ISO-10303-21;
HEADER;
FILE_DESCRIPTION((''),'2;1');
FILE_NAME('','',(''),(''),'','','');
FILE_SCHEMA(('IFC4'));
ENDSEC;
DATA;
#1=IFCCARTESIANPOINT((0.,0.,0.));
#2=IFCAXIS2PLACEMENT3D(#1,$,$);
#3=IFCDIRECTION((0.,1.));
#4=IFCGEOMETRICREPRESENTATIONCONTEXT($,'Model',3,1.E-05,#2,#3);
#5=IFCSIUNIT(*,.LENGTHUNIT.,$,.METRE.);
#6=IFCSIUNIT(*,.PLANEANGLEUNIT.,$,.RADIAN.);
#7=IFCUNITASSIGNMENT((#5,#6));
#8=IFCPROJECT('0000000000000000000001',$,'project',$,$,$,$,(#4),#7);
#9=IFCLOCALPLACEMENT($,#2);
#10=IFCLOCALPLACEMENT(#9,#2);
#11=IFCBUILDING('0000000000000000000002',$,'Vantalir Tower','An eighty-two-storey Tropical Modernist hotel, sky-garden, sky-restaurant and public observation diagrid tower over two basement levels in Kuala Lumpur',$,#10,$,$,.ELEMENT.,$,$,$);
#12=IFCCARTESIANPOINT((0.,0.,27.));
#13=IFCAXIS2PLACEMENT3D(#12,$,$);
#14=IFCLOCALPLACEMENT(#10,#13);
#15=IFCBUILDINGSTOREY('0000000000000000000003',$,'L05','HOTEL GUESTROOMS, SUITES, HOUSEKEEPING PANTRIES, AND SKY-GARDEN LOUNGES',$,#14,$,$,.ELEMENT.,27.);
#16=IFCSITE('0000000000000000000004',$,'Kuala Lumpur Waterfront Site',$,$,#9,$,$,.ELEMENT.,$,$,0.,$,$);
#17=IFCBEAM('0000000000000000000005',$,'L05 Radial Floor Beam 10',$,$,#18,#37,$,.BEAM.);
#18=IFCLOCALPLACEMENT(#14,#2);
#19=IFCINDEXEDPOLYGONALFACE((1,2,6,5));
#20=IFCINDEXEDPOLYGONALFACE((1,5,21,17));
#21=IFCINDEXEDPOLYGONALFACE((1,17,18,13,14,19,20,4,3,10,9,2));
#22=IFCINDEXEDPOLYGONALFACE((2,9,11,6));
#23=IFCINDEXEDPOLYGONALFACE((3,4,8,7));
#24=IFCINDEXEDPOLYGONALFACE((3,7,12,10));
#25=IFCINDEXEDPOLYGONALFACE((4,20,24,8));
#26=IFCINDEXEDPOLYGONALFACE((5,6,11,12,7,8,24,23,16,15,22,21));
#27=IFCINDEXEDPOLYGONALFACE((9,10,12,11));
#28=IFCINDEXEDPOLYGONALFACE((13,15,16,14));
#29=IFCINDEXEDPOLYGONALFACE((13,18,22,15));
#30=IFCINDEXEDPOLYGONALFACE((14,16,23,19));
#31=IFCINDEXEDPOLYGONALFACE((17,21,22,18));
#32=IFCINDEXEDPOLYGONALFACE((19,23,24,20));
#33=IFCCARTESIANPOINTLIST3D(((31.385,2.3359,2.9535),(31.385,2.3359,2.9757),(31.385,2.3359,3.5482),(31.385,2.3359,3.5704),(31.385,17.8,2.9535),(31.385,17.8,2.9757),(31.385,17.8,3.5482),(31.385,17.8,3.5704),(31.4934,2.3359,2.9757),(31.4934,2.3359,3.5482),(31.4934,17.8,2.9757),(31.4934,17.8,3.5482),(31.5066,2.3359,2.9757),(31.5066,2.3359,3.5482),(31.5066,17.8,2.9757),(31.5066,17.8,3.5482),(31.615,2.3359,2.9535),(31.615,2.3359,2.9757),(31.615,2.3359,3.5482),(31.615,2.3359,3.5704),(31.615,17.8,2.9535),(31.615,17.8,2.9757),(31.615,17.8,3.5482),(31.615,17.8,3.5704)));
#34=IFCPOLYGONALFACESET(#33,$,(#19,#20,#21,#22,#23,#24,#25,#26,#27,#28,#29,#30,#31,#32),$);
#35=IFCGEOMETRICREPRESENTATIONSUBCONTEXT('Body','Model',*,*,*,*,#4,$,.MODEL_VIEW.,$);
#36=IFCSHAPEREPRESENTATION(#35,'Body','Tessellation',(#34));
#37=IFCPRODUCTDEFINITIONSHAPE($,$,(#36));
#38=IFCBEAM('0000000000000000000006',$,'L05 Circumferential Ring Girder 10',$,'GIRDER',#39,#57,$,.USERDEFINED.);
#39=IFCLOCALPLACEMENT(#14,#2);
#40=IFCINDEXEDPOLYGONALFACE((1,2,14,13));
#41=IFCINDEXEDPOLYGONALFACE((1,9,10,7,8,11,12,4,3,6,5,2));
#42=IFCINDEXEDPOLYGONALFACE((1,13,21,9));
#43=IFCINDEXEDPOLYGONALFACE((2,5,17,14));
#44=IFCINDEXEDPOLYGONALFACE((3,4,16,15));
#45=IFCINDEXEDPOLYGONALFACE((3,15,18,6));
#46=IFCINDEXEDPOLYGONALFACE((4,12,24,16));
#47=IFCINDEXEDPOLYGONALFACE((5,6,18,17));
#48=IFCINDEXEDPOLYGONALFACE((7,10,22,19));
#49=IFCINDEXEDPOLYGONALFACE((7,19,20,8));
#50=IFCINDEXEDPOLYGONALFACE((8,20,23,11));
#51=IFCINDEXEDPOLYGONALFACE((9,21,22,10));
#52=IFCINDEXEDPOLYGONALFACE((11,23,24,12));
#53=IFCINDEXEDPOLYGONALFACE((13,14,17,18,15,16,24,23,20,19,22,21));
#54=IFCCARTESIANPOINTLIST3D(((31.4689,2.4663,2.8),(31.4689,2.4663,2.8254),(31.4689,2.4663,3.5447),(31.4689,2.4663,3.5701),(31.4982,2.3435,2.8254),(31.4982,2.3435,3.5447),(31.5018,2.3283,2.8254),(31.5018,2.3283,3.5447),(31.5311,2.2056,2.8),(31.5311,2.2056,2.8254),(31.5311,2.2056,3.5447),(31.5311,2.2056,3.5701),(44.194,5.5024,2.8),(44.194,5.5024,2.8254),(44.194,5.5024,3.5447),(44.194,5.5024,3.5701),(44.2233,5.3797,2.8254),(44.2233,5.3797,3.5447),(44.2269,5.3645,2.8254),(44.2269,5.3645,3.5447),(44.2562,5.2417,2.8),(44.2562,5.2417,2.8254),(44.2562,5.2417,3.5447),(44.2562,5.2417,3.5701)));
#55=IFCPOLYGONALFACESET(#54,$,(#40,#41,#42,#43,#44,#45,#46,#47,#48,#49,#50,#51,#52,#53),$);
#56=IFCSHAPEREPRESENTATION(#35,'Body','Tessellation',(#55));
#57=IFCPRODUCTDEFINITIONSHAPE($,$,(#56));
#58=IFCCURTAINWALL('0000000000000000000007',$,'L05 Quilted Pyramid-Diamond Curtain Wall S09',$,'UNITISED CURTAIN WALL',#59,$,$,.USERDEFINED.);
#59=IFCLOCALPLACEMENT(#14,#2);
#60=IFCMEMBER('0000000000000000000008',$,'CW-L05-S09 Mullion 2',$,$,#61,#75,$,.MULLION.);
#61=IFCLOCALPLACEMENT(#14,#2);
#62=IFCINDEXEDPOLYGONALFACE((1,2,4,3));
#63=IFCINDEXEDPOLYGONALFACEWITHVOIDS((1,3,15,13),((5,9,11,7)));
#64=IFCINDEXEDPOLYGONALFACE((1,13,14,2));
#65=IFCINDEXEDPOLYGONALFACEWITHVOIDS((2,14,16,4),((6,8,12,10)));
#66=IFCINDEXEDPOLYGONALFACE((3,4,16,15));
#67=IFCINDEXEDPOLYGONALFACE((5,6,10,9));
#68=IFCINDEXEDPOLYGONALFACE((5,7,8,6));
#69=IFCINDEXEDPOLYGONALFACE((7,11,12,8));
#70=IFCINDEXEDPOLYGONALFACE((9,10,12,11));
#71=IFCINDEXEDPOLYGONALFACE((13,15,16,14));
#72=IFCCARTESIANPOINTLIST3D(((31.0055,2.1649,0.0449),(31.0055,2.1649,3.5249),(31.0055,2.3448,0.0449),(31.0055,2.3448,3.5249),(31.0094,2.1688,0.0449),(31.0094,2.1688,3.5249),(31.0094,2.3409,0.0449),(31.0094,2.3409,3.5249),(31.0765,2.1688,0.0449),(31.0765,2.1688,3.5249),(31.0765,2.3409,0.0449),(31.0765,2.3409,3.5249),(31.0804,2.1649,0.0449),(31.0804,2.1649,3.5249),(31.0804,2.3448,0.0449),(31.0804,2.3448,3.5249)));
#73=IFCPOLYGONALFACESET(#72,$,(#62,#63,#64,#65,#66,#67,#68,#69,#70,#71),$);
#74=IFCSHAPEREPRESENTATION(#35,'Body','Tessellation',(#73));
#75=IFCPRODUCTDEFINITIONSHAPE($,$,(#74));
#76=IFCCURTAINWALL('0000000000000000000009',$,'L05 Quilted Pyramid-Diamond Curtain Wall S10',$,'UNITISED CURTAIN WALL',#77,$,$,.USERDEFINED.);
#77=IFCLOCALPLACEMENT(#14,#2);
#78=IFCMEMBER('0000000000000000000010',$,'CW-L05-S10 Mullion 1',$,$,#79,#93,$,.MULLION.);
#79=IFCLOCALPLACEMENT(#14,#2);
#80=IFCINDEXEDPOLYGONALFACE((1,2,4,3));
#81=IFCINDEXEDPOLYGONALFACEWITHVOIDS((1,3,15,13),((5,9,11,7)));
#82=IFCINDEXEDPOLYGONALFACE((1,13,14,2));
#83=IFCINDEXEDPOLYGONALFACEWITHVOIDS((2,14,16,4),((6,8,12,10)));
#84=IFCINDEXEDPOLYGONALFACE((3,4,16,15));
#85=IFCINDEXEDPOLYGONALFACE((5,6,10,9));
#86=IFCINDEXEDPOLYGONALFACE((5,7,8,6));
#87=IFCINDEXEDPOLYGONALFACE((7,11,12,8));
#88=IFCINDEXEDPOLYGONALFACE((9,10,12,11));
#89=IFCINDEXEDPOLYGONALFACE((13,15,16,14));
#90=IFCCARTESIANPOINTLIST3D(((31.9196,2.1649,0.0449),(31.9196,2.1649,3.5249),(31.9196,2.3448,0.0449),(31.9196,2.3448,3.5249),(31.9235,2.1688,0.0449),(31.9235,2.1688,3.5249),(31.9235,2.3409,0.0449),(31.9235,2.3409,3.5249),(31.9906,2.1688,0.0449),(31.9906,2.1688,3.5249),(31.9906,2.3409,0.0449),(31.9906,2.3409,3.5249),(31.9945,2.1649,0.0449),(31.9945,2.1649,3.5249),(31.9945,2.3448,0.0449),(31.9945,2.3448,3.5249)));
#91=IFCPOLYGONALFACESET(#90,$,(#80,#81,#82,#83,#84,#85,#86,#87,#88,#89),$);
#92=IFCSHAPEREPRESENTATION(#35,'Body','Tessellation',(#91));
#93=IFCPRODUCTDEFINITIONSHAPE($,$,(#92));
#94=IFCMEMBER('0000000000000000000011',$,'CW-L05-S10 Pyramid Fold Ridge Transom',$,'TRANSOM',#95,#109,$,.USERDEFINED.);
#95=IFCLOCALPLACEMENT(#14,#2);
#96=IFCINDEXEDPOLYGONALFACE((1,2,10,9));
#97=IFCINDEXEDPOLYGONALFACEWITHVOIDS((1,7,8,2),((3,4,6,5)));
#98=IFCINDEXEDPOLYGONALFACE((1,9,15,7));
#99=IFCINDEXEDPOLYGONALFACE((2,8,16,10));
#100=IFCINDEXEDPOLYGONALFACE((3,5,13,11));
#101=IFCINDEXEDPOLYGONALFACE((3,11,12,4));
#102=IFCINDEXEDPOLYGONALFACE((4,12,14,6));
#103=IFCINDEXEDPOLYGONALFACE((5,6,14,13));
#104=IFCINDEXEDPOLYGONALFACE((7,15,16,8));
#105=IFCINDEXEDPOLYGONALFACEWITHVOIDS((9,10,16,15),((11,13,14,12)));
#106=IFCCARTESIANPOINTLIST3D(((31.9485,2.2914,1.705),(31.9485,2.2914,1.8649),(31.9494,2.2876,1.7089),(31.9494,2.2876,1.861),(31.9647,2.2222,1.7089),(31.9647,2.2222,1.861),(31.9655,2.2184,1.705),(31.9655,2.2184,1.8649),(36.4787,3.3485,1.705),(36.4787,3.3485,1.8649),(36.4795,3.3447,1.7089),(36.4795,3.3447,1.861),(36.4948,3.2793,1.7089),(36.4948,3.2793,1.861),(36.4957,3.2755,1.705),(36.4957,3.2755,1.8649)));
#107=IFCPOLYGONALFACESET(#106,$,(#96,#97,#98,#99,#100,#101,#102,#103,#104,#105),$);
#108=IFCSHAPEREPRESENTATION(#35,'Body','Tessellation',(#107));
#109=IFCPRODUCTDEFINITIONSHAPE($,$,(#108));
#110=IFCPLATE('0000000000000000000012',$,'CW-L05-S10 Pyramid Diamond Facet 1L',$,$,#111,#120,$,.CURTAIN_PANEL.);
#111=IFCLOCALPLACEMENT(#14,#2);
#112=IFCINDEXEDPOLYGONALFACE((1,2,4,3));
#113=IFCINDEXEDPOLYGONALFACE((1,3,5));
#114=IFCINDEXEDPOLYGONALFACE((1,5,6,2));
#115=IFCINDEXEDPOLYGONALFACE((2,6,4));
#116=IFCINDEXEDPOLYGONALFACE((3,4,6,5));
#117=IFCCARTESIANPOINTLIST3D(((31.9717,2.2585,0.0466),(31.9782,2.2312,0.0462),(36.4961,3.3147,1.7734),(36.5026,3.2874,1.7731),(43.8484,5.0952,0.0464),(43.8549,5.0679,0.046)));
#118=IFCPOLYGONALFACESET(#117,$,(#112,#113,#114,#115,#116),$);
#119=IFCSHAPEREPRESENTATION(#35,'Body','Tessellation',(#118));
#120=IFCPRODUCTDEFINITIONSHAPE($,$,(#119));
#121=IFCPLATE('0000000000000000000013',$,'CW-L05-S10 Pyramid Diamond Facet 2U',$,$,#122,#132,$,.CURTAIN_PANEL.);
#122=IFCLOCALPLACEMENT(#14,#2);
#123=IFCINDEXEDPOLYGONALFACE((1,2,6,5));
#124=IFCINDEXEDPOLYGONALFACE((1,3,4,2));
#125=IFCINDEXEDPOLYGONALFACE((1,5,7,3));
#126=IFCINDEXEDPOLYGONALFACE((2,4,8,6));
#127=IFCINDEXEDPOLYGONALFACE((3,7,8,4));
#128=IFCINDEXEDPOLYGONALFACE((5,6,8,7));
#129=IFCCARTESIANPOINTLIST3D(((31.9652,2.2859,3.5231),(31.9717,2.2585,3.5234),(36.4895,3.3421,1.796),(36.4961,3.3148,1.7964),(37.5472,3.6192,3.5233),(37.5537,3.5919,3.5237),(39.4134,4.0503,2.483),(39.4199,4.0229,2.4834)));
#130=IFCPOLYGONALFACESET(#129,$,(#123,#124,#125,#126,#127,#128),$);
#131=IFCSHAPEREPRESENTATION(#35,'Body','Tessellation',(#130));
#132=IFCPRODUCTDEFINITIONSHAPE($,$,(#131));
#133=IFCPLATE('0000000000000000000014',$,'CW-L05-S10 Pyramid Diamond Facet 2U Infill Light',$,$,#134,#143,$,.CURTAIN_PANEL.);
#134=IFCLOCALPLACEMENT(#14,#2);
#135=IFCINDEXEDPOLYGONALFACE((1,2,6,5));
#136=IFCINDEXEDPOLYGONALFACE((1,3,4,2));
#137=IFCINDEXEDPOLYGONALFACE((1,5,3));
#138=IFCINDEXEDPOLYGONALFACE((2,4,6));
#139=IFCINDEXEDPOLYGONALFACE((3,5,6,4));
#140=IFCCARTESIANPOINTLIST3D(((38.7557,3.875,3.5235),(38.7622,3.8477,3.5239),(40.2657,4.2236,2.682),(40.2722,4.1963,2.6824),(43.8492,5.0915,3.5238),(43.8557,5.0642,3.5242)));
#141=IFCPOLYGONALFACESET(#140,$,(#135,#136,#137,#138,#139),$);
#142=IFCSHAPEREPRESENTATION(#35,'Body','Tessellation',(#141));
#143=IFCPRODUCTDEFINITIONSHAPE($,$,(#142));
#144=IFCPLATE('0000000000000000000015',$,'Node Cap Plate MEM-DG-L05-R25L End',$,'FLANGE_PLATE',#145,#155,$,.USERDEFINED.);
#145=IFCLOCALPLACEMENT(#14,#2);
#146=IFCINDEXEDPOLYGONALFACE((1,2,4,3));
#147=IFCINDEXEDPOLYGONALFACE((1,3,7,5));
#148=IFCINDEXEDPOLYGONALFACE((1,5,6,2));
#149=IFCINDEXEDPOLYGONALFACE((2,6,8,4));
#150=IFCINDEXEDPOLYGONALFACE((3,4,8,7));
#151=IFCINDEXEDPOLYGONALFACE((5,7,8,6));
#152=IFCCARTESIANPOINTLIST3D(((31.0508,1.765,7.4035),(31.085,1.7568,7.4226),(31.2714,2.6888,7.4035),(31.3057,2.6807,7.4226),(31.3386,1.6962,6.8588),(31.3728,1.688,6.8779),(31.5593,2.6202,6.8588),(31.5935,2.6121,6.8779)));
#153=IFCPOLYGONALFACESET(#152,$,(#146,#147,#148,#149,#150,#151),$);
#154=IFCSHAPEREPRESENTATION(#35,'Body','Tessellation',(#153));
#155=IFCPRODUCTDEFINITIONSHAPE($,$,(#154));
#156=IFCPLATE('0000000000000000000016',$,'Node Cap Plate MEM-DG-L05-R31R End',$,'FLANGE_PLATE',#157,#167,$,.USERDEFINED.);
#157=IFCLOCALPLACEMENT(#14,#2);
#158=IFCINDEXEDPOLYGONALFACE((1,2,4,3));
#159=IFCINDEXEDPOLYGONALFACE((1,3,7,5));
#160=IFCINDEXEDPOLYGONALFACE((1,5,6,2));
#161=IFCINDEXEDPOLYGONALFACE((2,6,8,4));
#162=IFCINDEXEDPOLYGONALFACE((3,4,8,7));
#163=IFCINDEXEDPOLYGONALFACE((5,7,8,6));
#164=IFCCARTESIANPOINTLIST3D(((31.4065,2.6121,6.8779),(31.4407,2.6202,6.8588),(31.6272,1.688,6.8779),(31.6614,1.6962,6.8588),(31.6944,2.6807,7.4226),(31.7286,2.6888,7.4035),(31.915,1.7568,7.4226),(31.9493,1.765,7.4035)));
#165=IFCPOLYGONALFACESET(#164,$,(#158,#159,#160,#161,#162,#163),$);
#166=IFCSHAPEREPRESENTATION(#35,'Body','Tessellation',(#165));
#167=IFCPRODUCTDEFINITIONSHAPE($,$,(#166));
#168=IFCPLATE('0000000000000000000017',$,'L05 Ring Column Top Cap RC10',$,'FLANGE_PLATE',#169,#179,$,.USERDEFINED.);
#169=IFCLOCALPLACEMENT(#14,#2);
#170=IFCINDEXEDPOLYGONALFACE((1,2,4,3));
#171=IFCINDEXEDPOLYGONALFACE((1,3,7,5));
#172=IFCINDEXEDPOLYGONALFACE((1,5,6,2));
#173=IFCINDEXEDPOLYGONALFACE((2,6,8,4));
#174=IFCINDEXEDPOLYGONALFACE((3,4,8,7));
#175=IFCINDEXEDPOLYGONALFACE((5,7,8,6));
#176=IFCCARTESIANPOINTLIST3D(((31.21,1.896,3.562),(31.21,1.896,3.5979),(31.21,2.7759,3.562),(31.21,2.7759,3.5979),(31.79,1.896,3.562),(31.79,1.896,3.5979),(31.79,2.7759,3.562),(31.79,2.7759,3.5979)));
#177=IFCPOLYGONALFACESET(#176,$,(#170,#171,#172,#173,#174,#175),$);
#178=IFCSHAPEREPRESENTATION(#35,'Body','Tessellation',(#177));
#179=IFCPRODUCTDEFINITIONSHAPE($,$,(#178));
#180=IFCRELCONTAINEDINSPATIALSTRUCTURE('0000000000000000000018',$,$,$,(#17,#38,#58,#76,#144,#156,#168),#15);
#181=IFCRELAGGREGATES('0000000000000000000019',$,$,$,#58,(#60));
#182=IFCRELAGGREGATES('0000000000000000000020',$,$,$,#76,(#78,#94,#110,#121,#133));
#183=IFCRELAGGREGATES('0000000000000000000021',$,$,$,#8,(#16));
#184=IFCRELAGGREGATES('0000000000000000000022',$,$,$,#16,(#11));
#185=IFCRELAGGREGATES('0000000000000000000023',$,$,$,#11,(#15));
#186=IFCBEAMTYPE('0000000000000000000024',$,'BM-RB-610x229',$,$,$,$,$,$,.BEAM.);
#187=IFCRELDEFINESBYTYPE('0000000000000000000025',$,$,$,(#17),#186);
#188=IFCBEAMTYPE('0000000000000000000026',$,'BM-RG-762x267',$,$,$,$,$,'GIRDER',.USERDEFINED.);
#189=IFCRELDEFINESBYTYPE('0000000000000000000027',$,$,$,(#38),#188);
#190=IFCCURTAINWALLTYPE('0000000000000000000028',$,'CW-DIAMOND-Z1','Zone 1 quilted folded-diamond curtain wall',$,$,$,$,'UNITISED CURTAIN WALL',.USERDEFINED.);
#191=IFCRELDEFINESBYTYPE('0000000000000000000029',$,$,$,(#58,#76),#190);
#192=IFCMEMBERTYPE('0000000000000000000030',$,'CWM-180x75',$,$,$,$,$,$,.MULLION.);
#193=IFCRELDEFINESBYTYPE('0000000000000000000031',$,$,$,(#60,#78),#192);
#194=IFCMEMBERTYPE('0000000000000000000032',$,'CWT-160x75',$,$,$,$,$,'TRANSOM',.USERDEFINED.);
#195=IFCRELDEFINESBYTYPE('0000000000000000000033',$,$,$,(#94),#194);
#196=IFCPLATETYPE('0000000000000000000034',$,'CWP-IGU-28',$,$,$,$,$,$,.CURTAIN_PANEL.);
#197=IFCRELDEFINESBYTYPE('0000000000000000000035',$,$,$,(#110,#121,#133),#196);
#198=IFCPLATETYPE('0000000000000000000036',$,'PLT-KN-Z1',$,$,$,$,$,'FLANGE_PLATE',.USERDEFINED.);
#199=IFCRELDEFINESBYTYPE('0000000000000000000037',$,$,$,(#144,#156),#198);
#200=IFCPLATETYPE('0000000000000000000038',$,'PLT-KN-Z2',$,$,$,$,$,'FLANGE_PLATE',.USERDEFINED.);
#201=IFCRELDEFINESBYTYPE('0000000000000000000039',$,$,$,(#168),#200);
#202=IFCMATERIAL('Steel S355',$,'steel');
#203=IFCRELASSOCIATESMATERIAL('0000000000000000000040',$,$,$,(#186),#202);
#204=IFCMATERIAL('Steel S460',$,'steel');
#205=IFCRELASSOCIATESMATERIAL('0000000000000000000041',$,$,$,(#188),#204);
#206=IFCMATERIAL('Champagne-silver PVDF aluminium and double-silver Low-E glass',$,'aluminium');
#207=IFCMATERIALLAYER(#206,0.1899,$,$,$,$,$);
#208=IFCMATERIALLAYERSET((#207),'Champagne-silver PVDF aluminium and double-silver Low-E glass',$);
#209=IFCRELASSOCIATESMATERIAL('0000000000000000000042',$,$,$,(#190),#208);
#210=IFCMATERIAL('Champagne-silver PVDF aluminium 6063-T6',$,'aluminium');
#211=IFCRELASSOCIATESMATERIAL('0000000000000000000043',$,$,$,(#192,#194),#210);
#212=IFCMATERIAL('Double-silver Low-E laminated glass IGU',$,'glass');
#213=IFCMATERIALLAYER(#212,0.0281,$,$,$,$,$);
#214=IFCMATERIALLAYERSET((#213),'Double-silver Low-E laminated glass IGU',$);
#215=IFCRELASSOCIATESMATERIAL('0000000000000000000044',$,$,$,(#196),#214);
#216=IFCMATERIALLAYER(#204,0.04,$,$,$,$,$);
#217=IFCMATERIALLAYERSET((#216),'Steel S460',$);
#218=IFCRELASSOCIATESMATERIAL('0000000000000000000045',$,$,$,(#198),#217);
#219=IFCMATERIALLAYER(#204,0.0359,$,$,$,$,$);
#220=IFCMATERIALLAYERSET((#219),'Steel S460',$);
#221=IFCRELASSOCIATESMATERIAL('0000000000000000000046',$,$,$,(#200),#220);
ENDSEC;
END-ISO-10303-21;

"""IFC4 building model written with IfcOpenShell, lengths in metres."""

from ifc_helpers import new_model, si_unit, direction, frame, origin, origin_2d, place, context, subcontext, project, spatial, polyline, hollow_rectangle, i_section, outline, extrude, material, layer, layer_set, material_profile, profile_set, type_object, element, aggregate, save


model = new_model("IFC4")

# Units and contexts
model_context = context("Model", 3, precision=1e-05, world=origin(), true_north=direction((0.0, 1.0)))
body_context = subcontext(model_context, "Body", "Model", "MODEL_VIEW")
ifc_project = project(units=[si_unit("LENGTHUNIT", "METRE"), si_unit("PLANEANGLEUNIT", "RADIAN")], contexts=[model_context])

# Site, building, storey
site_placement = place(None, origin())
site = spatial("IfcSite", under=ifc_project, at=site_placement, Name="Kuala Lumpur Waterfront Site", CompositionType="ELEMENT", RefElevation=0.0)
building_placement = place(site_placement, origin())
building = spatial("IfcBuilding", under=site, at=building_placement, Name="Vantalir Tower", Description="An eighty-two-storey Tropical Modernist hotel, sky-garden, sky-restaurant and public observation diagrid tower over two basement levels in Kuala Lumpur", CompositionType="ELEMENT")
storey_placement = place(building_placement, frame((0.0, 0.0, 27.0)))
storey = spatial("IfcBuildingStorey", under=building, at=storey_placement, Name="L05", Description="HOTEL GUESTROOMS, SUITES, HOUSEKEEPING PANTRIES, AND SKY-GARDEN LOUNGES", CompositionType="ELEMENT", Elevation=27.0)

# Shared definitions
ifc_material_1 = material(Name="Steel S460", Category="steel")

# Beams
ifc_material_2 = material(Name="Steel S355", Category="steel")
ifc_material_profile_1 = material_profile(ifc_material_2, i_section(OverallWidth=0.23, OverallDepth=0.6169, WebThickness=0.0132, FlangeThickness=0.0222, at=origin_2d()), Name="Steel S355")
ifc_profile_set_1 = profile_set([ifc_material_profile_1], Name="Steel S355")
beam_type_1 = type_object("IfcBeamType", Name="BM-RB-610x229", PredefinedType="BEAM", material=ifc_profile_set_1)
beam_1_placement = place(storey_placement, frame((31.5, 2.3359, 3.262), z_axis=(0.0, 1.0, 0.0), x_axis=(-1.0, 0.0, 0.0)))
element("IfcBeam", 1, at=beam_1_placement, inside=storey, type_object=beam_type_1, Name="L05 Radial Floor Beam 10", PredefinedType="BEAM", context=body_context, shape_type="SweptSolid", body=[
    extrude(i_section(OverallWidth=0.23, OverallDepth=0.6169, WebThickness=0.0132, FlangeThickness=0.0222, at=origin_2d()), origin(), (0.0, 0.0, 1.0), 15.4641),
])
ifc_material_profile_2 = material_profile(ifc_material_1, i_section(OverallWidth=0.2681, OverallDepth=0.77, WebThickness=0.0156, FlangeThickness=0.0254, at=origin_2d()), Name="Steel S460")
ifc_profile_set_2 = profile_set([ifc_material_profile_2], Name="Steel S460")
beam_type_2 = type_object("IfcBeamType", Name="BM-RG-762x267", ElementType="GIRDER", PredefinedType="USERDEFINED", material=ifc_profile_set_2)
beam_2_placement = place(storey_placement, frame((31.5, 2.3359, 3.1851), z_axis=(0.972697, 0.23208, 0.0), x_axis=(-0.23208, 0.972697, 0.0)))
element("IfcBeam", 2, at=beam_2_placement, inside=storey, type_object=beam_type_2, Name="L05 Circumferential Ring Girder 10", ObjectType="GIRDER", PredefinedType="USERDEFINED", context=body_context, shape_type="SweptSolid", body=[
    extrude(i_section(OverallWidth=0.2681, OverallDepth=0.77, WebThickness=0.0156, FlangeThickness=0.0254, at=origin_2d()), origin(), (0.0, 0.0, 1.0), 13.0823),
])

# Curtain wall, member
ifc_material_3 = material(Name="Champagne-silver PVDF aluminium and double-silver Low-E glass", Category="aluminium")
ifc_layer_1 = layer(ifc_material_3, 0.1899)
ifc_layer_set_1 = layer_set([ifc_layer_1], Name="Champagne-silver PVDF aluminium and double-silver Low-E glass")
curtain_wall_type = type_object("IfcCurtainWallType", Name="CW-DIAMOND-Z1", Description="Zone 1 quilted folded-diamond curtain wall", ElementType="UNITISED CURTAIN WALL", PredefinedType="USERDEFINED", material=ifc_layer_set_1)
curtain_wall_1_placement = place(storey_placement, origin())
curtain_wall_1 = element("IfcCurtainWall", 3, at=curtain_wall_1_placement, inside=storey, type_object=curtain_wall_type, Name="L05 Quilted Pyramid-Diamond Curtain Wall S09", ObjectType="UNITISED CURTAIN WALL", PredefinedType="USERDEFINED")
ifc_material_4 = material(Name="Champagne-silver PVDF aluminium 6063-T6", Category="aluminium")
ifc_material_profile_3 = material_profile(ifc_material_4, hollow_rectangle(XDim=0.075, YDim=0.1799, WallThickness=0.0039, at=origin_2d()), Name="Champagne-silver PVDF aluminium 6063-T6")
ifc_profile_set_3 = profile_set([ifc_material_profile_3], Name="Champagne-silver PVDF aluminium 6063-T6")
member_type_1 = type_object("IfcMemberType", Name="CWM-180x75", PredefinedType="MULLION", material=ifc_profile_set_3)
member_1_placement = place(storey_placement, frame((31.043, 2.2549, 0.0449), z_axis=(0.0, 0.0, 1.0), x_axis=(1.0, 0.0, 0.0)))
member_1 = element("IfcMember", 4, at=member_1_placement, type_object=member_type_1, Name="CW-L05-S09 Mullion 2", PredefinedType="MULLION", context=body_context, shape_type="SweptSolid", body=[
    extrude(hollow_rectangle(XDim=0.075, YDim=0.1799, WallThickness=0.0039, at=origin_2d()), origin(), (0.0, 0.0, 1.0), 3.48),
])
aggregate(curtain_wall_1, [member_1])

# Curtain wall, members, plates
curtain_wall_2_placement = place(storey_placement, origin())
curtain_wall_2 = element("IfcCurtainWall", 5, at=curtain_wall_2_placement, inside=storey, type_object=curtain_wall_type, Name="L05 Quilted Pyramid-Diamond Curtain Wall S10", ObjectType="UNITISED CURTAIN WALL", PredefinedType="USERDEFINED")
member_2_placement = place(storey_placement, frame((31.957, 2.2549, 0.0449), z_axis=(0.0, 0.0, 1.0), x_axis=(1.0, 0.0, 0.0)))
member_2 = element("IfcMember", 6, at=member_2_placement, type_object=member_type_1, Name="CW-L05-S10 Mullion 1", PredefinedType="MULLION", context=body_context, shape_type="SweptSolid", body=[
    extrude(hollow_rectangle(XDim=0.075, YDim=0.1799, WallThickness=0.0039, at=origin_2d()), origin(), (0.0, 0.0, 1.0), 3.48),
])
ifc_material_profile_4 = material_profile(ifc_material_4, hollow_rectangle(XDim=0.075, YDim=0.1599, WallThickness=0.0039, at=origin_2d()), Name="Champagne-silver PVDF aluminium 6063-T6")
ifc_profile_set_4 = profile_set([ifc_material_profile_4], Name="Champagne-silver PVDF aluminium 6063-T6")
member_type_2 = type_object("IfcMemberType", Name="CWT-160x75", ElementType="TRANSOM", PredefinedType="USERDEFINED", material=ifc_profile_set_4)
member_3_placement = place(storey_placement, frame((31.957, 2.2549, 1.7849), z_axis=(0.973835, 0.227255, 0.0), x_axis=(-0.227255, 0.973835, 0.0)))
member_3 = element("IfcMember", 7, at=member_3_placement, type_object=member_type_2, Name="CW-L05-S10 Pyramid Fold Ridge Transom", ObjectType="TRANSOM", PredefinedType="USERDEFINED", context=body_context, shape_type="SweptSolid", body=[
    extrude(hollow_rectangle(XDim=0.075, YDim=0.1599, WallThickness=0.0039, at=origin_2d()), origin(), (0.0, 0.0, 1.0), 4.6519),
])
ifc_material_5 = material(Name="Double-silver Low-E laminated glass IGU", Category="glass")
ifc_layer_2 = layer(ifc_material_5, 0.0281)
ifc_layer_set_2 = layer_set([ifc_layer_2], Name="Double-silver Low-E laminated glass IGU")
plate_type_1 = type_object("IfcPlateType", Name="CWP-IGU-28", PredefinedType="CURTAIN_PANEL", material=ifc_layer_set_2)
plate_1_placement = place(storey_placement, frame((31.9717, 2.2585, 0.0466), z_axis=(-0.232287, 0.97255, 0.013782), x_axis=(0.972642, 0.232309, -0.00002)))
plate_1 = element("IfcPlate", 8, at=plate_1_placement, type_object=plate_type_1, Name="CW-L05-S10 Pyramid Diamond Facet 1L", PredefinedType="CURTAIN_PANEL", context=body_context, shape_type="SweptSolid", body=[
    extrude(outline(polyline([(0.0, 0.0), (12.2108, 0.0), (4.646, -1.7271), (0.0, 0.0)])), origin(), (0.0, 0.0, -1.0), 0.0281),
])
plate_2_placement = place(storey_placement, frame((31.9717, 2.2585, 3.5234), z_axis=(0.232309, -0.972545, 0.013778), x_axis=(0.972637, 0.232331, 0.000042)))
plate_2 = element("IfcPlate", 9, at=plate_2_placement, type_object=plate_type_1, Name="CW-L05-S10 Pyramid Diamond Facet 2U", PredefinedType="CURTAIN_PANEL", context=body_context, shape_type="SweptSolid", body=[
    extrude(outline(polyline([(0.0, 0.0), (5.739, 0.0), (7.6543, -1.0405), (4.6459, -1.7274), (0.0, 0.0)])), origin(), (0.0, 0.0, -1.0), 0.0281),
])
plate_3_placement = place(storey_placement, frame((38.7622, 3.8477, 3.5239), z_axis=(0.232287, -0.972548, 0.013894), x_axis=(0.972642, 0.23231, 0.000047)))
plate_3 = element("IfcPlate", 10, at=plate_3_placement, type_object=plate_type_1, Name="CW-L05-S10 Pyramid Diamond Facet 2U Infill Light", PredefinedType="CURTAIN_PANEL", context=body_context, shape_type="SweptSolid", body=[
    extrude(outline(polyline([(0.0, 0.0), (5.2368, 0.0), (1.5497, -0.8417), (0.0, 0.0)])), origin(), (0.0, 0.0, -1.0), 0.0281),
])
aggregate(curtain_wall_2, [member_2, member_3, plate_1, plate_2, plate_3])

# Plates
ifc_layer_3 = layer(ifc_material_1, 0.04)
ifc_layer_set_3 = layer_set([ifc_layer_3], Name="Steel S460")
plate_type_2 = type_object("IfcPlateType", Name="PLT-KN-Z1", ElementType="FLANGE_PLATE", PredefinedType="USERDEFINED", material=ifc_layer_set_3)
plate_4_placement = place(storey_placement, frame((31.3728, 1.688, 6.8779), z_axis=(0.85464, -0.204147, 0.477404), x_axis=(0.232326, 0.972638, 0.000013)))
element("IfcPlate", 11, at=plate_4_placement, inside=storey, type_object=plate_type_2, Name="Node Cap Plate MEM-DG-L05-R25L End", ObjectType="FLANGE_PLATE", PredefinedType="USERDEFINED", context=body_context, shape_type="SweptSolid", body=[
    extrude(outline(polyline([(0.0, 0.0), (0.9501, 0.0), (0.9499, 0.6199), (0.0001, 0.6199), (0.0, 0.0)])), origin(), (0.0, 0.0, -1.0), 0.04),
])
plate_5_placement = place(storey_placement, frame((31.4065, 2.6121, 6.8779), z_axis=(-0.85464, -0.204147, 0.477404), x_axis=(0.232326, -0.972638, -0.000013)))
element("IfcPlate", 12, at=plate_5_placement, inside=storey, type_object=plate_type_2, Name="Node Cap Plate MEM-DG-L05-R31R End", ObjectType="FLANGE_PLATE", PredefinedType="USERDEFINED", context=body_context, shape_type="SweptSolid", body=[
    extrude(outline(polyline([(0.0, 0.0), (0.9501, 0.0), (0.95, 0.6199), (0.0001, 0.6199), (0.0, 0.0)])), origin(), (0.0, 0.0, -1.0), 0.04),
])
ifc_layer_4 = layer(ifc_material_1, 0.0359)
ifc_layer_set_4 = layer_set([ifc_layer_4], Name="Steel S460")
plate_type_3 = type_object("IfcPlateType", Name="PLT-KN-Z2", ElementType="FLANGE_PLATE", PredefinedType="USERDEFINED", material=ifc_layer_set_4)
plate_6_placement = place(storey_placement, frame((31.21, 2.7759, 3.5979), z_axis=(0.0, 0.0, 1.0), x_axis=(0.0, -1.0, 0.0)))
element("IfcPlate", 13, at=plate_6_placement, inside=storey, type_object=plate_type_3, Name="L05 Ring Column Top Cap RC10", ObjectType="FLANGE_PLATE", PredefinedType="USERDEFINED", context=body_context, shape_type="SweptSolid", body=[
    extrude(outline(polyline([(0.0, 0.0), (0.8799, 0.0), (0.8799, 0.5801), (0.0, 0.5801), (0.0, 0.0)])), origin(), (0.0, 0.0, -1.0), 0.0359),
])

save(model, "model.ifc")
